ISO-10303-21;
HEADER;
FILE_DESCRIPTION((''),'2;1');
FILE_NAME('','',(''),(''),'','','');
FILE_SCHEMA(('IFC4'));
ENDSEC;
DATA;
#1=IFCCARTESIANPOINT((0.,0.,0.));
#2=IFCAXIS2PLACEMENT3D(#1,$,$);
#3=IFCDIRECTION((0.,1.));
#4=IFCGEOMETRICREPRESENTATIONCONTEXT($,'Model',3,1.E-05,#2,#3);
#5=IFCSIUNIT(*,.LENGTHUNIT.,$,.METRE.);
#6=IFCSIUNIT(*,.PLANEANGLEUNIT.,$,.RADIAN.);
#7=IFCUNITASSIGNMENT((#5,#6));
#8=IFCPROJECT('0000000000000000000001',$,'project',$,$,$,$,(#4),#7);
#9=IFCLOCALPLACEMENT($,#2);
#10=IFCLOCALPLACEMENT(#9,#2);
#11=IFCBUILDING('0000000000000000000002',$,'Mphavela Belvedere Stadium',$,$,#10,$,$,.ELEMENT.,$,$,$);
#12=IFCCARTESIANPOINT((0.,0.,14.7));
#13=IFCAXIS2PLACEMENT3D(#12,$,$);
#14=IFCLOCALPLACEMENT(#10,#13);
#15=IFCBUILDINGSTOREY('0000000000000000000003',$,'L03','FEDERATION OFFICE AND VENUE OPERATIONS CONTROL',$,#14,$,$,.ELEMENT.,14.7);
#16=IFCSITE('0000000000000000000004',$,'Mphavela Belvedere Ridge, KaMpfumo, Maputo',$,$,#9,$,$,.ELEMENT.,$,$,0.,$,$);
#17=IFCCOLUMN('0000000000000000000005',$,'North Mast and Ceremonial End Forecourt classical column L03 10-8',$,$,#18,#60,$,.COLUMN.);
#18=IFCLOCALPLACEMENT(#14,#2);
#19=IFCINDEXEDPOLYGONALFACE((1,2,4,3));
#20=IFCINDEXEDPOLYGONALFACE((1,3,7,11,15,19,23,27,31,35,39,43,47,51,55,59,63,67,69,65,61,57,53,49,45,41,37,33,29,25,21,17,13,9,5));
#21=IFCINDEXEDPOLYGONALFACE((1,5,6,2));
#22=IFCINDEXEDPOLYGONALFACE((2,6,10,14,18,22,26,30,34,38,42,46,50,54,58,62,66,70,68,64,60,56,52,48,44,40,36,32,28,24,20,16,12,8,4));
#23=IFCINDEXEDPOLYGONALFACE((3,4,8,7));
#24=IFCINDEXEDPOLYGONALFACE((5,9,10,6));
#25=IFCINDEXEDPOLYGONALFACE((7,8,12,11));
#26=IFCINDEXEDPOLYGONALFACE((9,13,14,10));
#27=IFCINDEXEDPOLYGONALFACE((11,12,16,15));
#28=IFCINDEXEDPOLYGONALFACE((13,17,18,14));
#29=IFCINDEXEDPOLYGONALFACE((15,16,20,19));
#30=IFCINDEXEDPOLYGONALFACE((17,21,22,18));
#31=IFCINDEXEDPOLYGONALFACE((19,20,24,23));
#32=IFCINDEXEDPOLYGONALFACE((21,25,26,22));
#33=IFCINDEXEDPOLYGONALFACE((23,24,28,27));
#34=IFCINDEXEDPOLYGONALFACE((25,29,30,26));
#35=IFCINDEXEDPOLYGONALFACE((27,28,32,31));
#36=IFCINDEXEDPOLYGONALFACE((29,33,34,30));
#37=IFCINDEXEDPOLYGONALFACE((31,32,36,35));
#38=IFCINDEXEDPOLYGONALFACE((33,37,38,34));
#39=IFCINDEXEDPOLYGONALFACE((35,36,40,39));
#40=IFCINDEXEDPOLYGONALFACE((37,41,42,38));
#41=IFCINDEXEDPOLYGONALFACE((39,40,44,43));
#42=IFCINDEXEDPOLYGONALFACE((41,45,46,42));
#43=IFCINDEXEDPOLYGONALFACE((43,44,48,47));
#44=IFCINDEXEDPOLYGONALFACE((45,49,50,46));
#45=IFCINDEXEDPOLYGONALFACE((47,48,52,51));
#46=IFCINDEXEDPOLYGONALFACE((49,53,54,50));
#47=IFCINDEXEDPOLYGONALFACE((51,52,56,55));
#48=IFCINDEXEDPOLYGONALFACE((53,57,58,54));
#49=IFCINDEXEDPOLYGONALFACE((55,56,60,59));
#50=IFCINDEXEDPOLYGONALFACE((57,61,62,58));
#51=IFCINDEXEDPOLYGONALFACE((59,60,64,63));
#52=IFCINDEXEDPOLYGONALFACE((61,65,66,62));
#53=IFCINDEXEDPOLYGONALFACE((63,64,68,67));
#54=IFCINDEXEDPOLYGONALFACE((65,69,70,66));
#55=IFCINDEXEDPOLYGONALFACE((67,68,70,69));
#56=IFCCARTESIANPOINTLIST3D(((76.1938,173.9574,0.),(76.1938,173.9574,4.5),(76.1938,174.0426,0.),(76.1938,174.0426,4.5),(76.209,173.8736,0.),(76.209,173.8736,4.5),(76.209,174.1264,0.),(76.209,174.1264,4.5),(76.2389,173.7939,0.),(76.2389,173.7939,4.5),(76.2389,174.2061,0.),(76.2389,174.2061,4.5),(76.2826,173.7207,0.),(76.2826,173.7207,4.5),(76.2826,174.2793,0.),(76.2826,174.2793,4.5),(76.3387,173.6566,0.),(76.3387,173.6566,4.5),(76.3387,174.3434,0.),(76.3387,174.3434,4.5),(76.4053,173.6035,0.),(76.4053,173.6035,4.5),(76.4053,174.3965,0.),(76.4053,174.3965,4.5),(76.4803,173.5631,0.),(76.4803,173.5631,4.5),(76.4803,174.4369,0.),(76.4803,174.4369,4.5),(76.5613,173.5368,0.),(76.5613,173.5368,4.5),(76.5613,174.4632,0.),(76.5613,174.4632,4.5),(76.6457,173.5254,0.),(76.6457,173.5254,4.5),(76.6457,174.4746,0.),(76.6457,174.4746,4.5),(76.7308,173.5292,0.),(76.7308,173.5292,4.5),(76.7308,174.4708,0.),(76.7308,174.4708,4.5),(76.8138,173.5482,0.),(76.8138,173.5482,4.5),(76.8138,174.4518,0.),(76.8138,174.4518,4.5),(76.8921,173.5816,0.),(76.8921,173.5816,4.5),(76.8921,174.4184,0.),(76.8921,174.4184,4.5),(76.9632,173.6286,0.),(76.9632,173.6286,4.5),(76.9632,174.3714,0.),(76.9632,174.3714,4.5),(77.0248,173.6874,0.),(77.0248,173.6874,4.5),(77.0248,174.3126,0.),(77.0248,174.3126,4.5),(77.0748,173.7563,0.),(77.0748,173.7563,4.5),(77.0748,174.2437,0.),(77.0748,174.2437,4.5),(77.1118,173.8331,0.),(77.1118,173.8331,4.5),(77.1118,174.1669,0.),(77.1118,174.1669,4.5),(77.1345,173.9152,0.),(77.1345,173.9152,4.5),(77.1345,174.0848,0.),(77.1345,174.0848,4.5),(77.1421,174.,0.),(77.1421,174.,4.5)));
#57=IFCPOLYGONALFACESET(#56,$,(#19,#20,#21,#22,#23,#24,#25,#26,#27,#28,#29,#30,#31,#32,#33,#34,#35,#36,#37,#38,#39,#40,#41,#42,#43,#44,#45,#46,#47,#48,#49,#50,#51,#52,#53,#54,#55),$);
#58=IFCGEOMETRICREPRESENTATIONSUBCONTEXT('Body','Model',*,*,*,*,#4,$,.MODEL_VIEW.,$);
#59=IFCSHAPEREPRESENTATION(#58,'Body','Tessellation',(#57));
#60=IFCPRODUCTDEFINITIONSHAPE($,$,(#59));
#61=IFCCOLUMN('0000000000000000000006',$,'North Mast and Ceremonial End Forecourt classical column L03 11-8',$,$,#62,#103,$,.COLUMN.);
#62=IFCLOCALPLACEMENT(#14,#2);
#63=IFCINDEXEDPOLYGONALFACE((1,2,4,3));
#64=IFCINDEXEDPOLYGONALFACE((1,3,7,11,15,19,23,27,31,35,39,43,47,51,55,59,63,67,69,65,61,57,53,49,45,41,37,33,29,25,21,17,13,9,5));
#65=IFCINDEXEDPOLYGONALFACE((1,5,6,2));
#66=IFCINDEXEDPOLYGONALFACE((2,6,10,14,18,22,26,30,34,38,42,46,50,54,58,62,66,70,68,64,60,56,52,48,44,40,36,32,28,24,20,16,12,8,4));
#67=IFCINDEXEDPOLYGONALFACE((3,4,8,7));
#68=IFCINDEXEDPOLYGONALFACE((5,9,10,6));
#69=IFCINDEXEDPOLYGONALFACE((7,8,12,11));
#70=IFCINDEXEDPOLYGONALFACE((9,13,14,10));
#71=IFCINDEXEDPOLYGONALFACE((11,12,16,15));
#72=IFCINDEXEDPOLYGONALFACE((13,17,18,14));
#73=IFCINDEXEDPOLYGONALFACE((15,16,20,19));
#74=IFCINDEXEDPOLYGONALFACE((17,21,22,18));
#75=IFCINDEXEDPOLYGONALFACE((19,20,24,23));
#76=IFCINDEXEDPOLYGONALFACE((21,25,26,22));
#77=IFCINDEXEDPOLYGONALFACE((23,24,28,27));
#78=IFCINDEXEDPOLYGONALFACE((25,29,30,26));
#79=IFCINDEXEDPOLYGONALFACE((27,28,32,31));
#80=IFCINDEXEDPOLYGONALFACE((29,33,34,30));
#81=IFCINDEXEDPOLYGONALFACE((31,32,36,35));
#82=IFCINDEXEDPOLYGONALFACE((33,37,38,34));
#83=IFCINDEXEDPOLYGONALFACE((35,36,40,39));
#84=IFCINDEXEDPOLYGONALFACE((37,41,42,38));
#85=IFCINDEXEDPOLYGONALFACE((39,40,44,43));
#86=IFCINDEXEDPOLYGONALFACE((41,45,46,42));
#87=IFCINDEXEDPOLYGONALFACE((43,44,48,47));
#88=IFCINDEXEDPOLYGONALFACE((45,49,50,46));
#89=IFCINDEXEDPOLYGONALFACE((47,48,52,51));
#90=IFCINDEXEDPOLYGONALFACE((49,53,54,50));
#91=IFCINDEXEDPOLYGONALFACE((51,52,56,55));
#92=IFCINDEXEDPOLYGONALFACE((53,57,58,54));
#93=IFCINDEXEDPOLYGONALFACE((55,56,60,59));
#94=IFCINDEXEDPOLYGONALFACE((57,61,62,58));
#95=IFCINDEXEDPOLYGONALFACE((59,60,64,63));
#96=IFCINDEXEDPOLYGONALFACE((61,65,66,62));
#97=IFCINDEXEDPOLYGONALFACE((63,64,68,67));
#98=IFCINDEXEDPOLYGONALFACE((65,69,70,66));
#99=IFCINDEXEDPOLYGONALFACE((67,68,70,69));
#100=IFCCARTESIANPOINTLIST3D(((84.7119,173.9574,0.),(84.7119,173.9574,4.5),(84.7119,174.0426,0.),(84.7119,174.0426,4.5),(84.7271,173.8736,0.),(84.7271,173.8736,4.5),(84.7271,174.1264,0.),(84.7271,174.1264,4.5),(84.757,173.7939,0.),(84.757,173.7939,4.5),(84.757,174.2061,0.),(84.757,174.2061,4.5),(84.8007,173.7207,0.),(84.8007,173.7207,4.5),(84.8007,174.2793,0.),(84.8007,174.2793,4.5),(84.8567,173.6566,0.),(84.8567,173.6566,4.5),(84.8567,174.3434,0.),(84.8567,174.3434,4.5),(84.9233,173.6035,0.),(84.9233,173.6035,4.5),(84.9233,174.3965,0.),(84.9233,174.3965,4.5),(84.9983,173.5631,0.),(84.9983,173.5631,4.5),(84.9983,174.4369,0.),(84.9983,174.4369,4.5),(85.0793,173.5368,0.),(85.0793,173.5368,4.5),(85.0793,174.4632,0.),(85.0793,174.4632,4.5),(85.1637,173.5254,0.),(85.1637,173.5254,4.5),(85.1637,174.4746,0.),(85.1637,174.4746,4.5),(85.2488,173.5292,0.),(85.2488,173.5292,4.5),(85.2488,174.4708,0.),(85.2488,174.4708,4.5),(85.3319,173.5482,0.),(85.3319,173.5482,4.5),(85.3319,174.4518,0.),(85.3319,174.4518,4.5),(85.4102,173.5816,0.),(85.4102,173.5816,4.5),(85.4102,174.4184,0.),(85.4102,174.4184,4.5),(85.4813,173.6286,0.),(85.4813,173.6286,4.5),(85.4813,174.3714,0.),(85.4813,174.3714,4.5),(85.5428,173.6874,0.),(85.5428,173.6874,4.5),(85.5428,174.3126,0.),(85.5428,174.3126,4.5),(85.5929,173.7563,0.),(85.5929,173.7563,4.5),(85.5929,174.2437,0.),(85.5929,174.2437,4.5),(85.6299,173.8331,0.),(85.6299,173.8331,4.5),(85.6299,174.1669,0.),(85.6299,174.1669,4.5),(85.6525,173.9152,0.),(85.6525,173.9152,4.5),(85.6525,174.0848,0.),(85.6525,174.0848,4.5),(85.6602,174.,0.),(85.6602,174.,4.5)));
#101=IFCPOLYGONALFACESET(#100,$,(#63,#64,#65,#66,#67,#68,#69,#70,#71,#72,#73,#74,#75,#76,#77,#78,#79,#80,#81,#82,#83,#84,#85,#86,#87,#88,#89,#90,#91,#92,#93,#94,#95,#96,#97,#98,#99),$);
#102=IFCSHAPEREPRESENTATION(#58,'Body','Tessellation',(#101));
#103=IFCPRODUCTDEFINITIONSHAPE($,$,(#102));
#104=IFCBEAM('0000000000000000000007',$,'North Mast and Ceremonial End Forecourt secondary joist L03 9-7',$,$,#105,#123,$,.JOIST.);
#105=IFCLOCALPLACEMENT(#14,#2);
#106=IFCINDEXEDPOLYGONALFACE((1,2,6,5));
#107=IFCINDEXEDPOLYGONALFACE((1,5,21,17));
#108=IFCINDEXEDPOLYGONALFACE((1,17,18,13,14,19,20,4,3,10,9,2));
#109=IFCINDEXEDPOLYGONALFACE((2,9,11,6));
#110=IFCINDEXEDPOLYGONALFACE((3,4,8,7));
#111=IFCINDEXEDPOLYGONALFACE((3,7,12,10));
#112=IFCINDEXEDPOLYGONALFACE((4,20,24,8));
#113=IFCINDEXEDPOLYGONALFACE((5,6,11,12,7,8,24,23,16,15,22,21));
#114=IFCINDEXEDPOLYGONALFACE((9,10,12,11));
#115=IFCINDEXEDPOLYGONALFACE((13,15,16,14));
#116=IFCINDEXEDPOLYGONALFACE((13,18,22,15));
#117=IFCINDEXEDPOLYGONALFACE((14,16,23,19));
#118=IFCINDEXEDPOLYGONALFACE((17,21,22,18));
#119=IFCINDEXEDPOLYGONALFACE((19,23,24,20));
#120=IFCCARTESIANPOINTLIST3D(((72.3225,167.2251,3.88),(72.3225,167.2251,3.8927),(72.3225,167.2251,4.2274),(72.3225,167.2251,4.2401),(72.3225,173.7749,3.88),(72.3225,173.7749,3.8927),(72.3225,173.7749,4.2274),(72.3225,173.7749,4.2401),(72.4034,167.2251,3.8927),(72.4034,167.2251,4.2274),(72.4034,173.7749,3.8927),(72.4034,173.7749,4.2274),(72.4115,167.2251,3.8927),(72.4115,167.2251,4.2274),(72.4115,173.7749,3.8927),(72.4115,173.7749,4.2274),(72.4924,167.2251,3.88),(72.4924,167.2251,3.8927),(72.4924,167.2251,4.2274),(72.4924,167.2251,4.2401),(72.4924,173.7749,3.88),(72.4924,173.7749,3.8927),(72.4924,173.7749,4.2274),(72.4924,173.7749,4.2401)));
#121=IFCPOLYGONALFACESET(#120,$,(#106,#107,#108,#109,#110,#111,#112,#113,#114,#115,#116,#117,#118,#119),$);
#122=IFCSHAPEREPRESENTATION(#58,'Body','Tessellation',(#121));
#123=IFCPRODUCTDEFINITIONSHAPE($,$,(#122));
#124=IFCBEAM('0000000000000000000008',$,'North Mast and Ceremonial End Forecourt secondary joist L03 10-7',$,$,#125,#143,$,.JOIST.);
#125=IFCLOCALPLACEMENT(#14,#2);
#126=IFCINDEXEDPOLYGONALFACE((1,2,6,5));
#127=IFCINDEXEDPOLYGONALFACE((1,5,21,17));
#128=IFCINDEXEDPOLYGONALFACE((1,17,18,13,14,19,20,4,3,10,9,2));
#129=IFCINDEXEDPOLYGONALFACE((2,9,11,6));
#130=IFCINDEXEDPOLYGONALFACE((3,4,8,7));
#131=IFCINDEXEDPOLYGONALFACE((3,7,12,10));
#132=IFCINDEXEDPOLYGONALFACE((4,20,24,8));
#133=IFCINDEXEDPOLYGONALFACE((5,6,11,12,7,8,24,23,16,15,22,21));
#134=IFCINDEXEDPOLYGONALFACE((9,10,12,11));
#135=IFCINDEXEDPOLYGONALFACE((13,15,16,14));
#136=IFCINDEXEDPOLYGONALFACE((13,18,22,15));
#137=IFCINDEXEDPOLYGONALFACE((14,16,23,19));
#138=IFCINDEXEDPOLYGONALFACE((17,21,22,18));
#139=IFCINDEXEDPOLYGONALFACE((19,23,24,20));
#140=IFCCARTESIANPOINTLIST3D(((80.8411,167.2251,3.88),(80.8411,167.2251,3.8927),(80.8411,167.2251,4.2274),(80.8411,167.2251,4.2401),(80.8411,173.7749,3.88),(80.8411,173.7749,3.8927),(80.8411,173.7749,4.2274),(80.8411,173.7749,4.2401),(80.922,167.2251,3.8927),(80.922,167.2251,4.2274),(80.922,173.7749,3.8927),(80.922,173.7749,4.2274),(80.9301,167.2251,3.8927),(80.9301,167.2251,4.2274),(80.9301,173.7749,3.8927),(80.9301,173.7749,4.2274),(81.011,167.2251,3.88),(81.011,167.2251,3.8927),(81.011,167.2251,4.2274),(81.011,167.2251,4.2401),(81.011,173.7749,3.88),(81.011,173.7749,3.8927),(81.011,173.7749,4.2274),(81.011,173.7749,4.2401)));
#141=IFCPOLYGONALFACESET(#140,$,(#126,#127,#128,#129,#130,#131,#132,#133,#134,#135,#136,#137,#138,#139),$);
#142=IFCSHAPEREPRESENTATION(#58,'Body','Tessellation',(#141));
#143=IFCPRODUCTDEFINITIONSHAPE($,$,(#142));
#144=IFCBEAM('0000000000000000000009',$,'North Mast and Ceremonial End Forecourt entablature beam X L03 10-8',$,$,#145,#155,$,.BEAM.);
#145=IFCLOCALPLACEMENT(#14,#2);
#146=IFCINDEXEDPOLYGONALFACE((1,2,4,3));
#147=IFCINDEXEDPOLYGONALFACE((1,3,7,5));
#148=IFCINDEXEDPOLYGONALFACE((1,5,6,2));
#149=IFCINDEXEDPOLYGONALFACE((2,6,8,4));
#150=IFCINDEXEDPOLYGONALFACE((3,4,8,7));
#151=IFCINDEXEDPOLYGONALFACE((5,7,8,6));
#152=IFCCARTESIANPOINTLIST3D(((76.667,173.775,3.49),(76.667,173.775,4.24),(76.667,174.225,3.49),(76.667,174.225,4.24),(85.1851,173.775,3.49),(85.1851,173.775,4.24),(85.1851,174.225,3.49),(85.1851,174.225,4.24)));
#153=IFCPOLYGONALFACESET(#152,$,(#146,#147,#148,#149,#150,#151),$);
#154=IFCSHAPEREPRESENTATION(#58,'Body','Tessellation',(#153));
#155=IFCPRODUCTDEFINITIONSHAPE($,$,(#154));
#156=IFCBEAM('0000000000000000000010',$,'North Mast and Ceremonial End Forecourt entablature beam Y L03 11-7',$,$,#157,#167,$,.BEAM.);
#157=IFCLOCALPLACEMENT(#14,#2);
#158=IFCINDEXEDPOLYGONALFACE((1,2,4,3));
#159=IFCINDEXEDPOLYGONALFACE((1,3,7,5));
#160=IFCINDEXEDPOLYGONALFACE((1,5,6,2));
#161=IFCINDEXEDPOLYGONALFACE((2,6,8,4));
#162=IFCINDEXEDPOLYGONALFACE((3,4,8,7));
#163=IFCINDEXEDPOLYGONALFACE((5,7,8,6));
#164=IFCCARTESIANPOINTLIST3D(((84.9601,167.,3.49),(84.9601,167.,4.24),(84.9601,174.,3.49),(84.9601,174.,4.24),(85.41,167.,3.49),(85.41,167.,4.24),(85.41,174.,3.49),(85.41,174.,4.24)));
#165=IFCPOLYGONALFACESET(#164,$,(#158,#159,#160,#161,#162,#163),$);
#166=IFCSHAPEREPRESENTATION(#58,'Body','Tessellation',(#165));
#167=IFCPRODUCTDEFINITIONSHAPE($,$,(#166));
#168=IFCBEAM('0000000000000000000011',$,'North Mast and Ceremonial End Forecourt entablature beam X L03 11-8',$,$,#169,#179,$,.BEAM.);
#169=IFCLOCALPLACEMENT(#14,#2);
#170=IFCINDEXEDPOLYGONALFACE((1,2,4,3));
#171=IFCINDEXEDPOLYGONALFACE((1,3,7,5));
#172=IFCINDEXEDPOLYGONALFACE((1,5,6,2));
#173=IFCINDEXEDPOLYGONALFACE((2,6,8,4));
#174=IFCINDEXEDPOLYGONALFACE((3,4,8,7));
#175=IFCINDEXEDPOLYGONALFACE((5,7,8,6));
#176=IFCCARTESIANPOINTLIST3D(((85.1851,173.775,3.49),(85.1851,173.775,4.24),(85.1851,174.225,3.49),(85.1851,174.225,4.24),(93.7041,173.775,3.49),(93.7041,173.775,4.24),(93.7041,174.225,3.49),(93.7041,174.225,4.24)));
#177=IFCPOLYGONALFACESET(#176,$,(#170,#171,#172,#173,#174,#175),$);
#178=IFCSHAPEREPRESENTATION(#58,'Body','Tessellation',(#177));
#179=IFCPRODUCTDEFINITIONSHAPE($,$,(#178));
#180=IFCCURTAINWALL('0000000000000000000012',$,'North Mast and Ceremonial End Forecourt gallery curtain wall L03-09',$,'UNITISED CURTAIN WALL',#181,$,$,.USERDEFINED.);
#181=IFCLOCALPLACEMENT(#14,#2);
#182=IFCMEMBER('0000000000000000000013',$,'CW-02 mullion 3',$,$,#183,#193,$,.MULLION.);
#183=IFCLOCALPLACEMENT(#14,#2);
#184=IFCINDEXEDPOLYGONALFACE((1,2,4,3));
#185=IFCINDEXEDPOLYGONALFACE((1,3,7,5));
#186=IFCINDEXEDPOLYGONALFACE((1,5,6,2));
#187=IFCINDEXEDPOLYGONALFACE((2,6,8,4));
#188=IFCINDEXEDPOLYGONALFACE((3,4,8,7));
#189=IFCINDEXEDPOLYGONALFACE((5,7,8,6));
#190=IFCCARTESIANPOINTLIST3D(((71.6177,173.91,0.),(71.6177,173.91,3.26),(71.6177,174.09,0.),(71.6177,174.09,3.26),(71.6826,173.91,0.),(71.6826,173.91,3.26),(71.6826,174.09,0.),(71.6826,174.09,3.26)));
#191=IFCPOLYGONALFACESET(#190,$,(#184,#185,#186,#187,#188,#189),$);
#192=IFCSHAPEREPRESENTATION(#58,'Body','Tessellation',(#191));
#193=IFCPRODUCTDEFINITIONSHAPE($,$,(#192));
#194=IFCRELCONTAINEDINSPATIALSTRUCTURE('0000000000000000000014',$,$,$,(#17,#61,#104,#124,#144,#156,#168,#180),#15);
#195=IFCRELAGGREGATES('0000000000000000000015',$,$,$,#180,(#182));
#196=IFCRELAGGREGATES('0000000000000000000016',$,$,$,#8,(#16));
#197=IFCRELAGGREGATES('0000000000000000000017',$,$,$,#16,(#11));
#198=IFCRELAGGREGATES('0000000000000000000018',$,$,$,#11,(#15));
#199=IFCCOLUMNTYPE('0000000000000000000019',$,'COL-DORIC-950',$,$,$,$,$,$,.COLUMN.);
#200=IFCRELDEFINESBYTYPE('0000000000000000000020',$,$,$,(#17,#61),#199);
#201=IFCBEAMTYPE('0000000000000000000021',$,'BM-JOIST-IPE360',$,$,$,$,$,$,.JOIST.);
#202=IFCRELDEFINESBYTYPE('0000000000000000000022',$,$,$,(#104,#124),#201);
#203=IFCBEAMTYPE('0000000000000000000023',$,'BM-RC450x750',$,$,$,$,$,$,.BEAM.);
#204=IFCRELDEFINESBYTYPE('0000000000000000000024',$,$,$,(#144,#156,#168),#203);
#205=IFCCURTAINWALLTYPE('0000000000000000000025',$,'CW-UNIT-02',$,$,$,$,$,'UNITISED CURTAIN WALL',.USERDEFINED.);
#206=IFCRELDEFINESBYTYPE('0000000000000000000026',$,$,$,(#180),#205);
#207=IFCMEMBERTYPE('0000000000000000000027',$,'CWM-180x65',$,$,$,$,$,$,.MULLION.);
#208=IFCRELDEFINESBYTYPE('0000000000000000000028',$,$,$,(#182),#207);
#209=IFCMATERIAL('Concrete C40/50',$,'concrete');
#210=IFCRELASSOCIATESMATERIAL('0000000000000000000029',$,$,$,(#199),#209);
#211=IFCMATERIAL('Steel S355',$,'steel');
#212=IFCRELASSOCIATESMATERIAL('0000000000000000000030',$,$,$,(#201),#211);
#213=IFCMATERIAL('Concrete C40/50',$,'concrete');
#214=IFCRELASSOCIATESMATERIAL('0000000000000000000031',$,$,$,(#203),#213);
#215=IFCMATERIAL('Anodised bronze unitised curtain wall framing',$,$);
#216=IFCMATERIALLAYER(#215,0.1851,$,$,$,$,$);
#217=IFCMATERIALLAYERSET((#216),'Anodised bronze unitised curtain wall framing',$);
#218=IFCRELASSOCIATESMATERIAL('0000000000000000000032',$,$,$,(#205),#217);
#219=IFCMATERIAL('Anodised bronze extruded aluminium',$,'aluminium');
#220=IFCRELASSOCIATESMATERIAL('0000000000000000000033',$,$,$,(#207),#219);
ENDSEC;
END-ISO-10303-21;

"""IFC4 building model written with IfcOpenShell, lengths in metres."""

from ifc_helpers import new_model, si_unit, direction, frame, origin, origin_2d, place, context, subcontext, project, spatial, rectangle, circle, i_section, extrude, material, layer, layer_set, material_profile, profile_set, type_object, element, aggregate, save


model = new_model("IFC4")

# Units and contexts
model_context = context("Model", 3, precision=1e-05, world=origin(), true_north=direction((0.0, 1.0)))
body_context = subcontext(model_context, "Body", "Model", "MODEL_VIEW")
ifc_project = project(units=[si_unit("LENGTHUNIT", "METRE"), si_unit("PLANEANGLEUNIT", "RADIAN")], contexts=[model_context])

# Site, building, storey
site_placement = place(None, origin())
site = spatial("IfcSite", under=ifc_project, at=site_placement, Name="Mphavela Belvedere Ridge, KaMpfumo, Maputo", CompositionType="ELEMENT", RefElevation=0.0)
building_placement = place(site_placement, origin())
building = spatial("IfcBuilding", under=site, at=building_placement, Name="Mphavela Belvedere Stadium", CompositionType="ELEMENT")
storey_placement = place(building_placement, frame((0.0, 0.0, 14.7)))
storey = spatial("IfcBuildingStorey", under=building, at=storey_placement, Name="L03", Description="FEDERATION OFFICE AND VENUE OPERATIONS CONTROL", CompositionType="ELEMENT", Elevation=14.7)

# Columns
ifc_material_1 = material(Name="Concrete C40/50", Category="concrete")
ifc_material_profile_1 = material_profile(ifc_material_1, circle(Radius=0.4751, at=origin_2d()), Name="COL D950")
ifc_profile_set_1 = profile_set([ifc_material_profile_1], Name="Concrete C40/50")
column_type = type_object("IfcColumnType", Name="COL-DORIC-950", PredefinedType="COLUMN", material=ifc_profile_set_1)
for number, where, z_axis, x_axis, name in (
    (1, (76.667, 174.0, 0.0), (0.0, 0.0, 1.0), (1.0, 0.0, 0.0), "North Mast and Ceremonial End Forecourt classical column L03 10-8"),
    (2, (85.1851, 174.0, 0.0), (0.0, 0.0, 1.0), (1.0, 0.0, 0.0), "North Mast and Ceremonial End Forecourt classical column L03 11-8"),
):
    element("IfcColumn", number, at=place(storey_placement, frame(where, z_axis=z_axis, x_axis=x_axis)), inside=storey, type_object=column_type, Name=name, PredefinedType="COLUMN", context=body_context, shape_type="SweptSolid", body=[
        extrude(circle(Radius=0.4751, at=origin_2d()), origin(), (0.0, 0.0, 1.0), 4.5),
    ])

# Beams
ifc_material_2 = material(Name="Steel S355", Category="steel")
ifc_material_profile_2 = material_profile(ifc_material_2, i_section(OverallWidth=0.1699, OverallDepth=0.3601, WebThickness=0.0081, FlangeThickness=0.0127, at=origin_2d()), Name="IPE 360")
ifc_profile_set_2 = profile_set([ifc_material_profile_2], Name="Steel S355")
beam_type_1 = type_object("IfcBeamType", Name="BM-JOIST-IPE360", PredefinedType="JOIST", material=ifc_profile_set_2)
for number, where, z_axis, x_axis, name in (
    (3, (72.4075, 167.2251, 4.0601), (0.0, 1.0, 0.0), (-1.0, 0.0, 0.0), "North Mast and Ceremonial End Forecourt secondary joist L03 9-7"),
    (4, (80.926, 167.2251, 4.0601), (0.0, 1.0, 0.0), (-1.0, 0.0, 0.0), "North Mast and Ceremonial End Forecourt secondary joist L03 10-7"),
):
    element("IfcBeam", number, at=place(storey_placement, frame(where, z_axis=z_axis, x_axis=x_axis)), inside=storey, type_object=beam_type_1, Name=name, PredefinedType="JOIST", context=body_context, shape_type="SweptSolid", body=[
        extrude(i_section(OverallWidth=0.1699, OverallDepth=0.3601, WebThickness=0.0081, FlangeThickness=0.0127, at=origin_2d()), origin(), (0.0, 0.0, 1.0), 6.5498),
    ])
ifc_material_3 = material(Name="Concrete C40/50", Category="concrete")
ifc_material_profile_3 = material_profile(ifc_material_3, rectangle(XDim=0.45, YDim=0.75, at=origin_2d()), Name="RC 450x750")
ifc_profile_set_3 = profile_set([ifc_material_profile_3], Name="Concrete C40/50")
beam_type_2 = type_object("IfcBeamType", Name="BM-RC450x750", PredefinedType="BEAM", material=ifc_profile_set_3)
beam_1_placement = place(storey_placement, frame((76.667, 174.0, 3.865), z_axis=(1.0, 0.0, 0.0), x_axis=(0.0, 1.0, 0.0)))
element("IfcBeam", 5, at=beam_1_placement, inside=storey, type_object=beam_type_2, Name="North Mast and Ceremonial End Forecourt entablature beam X L03 10-8", PredefinedType="BEAM", context=body_context, shape_type="SweptSolid", body=[
    extrude(rectangle(XDim=0.45, YDim=0.75, at=origin_2d()), origin(), (0.0, 0.0, 1.0), 8.5181),
])
beam_2_placement = place(storey_placement, frame((85.1851, 167.0, 3.865), z_axis=(0.0, 1.0, 0.0), x_axis=(-1.0, 0.0, 0.0)))
element("IfcBeam", 6, at=beam_2_placement, inside=storey, type_object=beam_type_2, Name="North Mast and Ceremonial End Forecourt entablature beam Y L03 11-7", PredefinedType="BEAM", context=body_context, shape_type="SweptSolid", body=[
    extrude(rectangle(XDim=0.45, YDim=0.75, at=origin_2d()), origin(), (0.0, 0.0, 1.0), 7.0),
])
beam_3_placement = place(storey_placement, frame((85.1851, 174.0, 3.865), z_axis=(1.0, 0.0, 0.0), x_axis=(0.0, 1.0, 0.0)))
element("IfcBeam", 7, at=beam_3_placement, inside=storey, type_object=beam_type_2, Name="North Mast and Ceremonial End Forecourt entablature beam X L03 11-8", PredefinedType="BEAM", context=body_context, shape_type="SweptSolid", body=[
    extrude(rectangle(XDim=0.45, YDim=0.75, at=origin_2d()), origin(), (0.0, 0.0, 1.0), 8.519),
])

# Curtain wall, member
ifc_material_4 = material(Name="Anodised bronze unitised curtain wall framing")
ifc_layer_1 = layer(ifc_material_4, 0.1851)
ifc_layer_set_1 = layer_set([ifc_layer_1], Name="Anodised bronze unitised curtain wall framing")
curtain_wall_type = type_object("IfcCurtainWallType", Name="CW-UNIT-02", ElementType="UNITISED CURTAIN WALL", PredefinedType="USERDEFINED", material=ifc_layer_set_1)
curtain_wall_placement = place(storey_placement, origin())
curtain_wall = element("IfcCurtainWall", 8, at=curtain_wall_placement, inside=storey, type_object=curtain_wall_type, Name="North Mast and Ceremonial End Forecourt gallery curtain wall L03-09", ObjectType="UNITISED CURTAIN WALL", PredefinedType="USERDEFINED")
ifc_material_5 = material(Name="Anodised bronze extruded aluminium", Category="aluminium")
ifc_material_profile_4 = material_profile(ifc_material_5, rectangle(XDim=0.1799, YDim=0.0649, at=origin_2d()), Name="CW-MUL 180x65")
ifc_profile_set_4 = profile_set([ifc_material_profile_4], Name="Anodised bronze extruded aluminium")
member_type_1 = type_object("IfcMemberType", Name="CWM-180x65", PredefinedType="MULLION", material=ifc_profile_set_4)
member_1_placement = place(storey_placement, frame((71.6501, 174.0, 0.0), z_axis=(0.0, 0.0, 1.0), x_axis=(0.0, 1.0, 0.0)))
member_1 = element("IfcMember", 9, at=member_1_placement, type_object=member_type_1, Name="CW-02 mullion 3", PredefinedType="MULLION", context=body_context, shape_type="SweptSolid", body=[
    extrude(rectangle(XDim=0.1799, YDim=0.0649, at=origin_2d()), origin(), (0.0, 0.0, 1.0), 3.26),
])
aggregate(curtain_wall, [member_1])

save(model, "model.ifc")
